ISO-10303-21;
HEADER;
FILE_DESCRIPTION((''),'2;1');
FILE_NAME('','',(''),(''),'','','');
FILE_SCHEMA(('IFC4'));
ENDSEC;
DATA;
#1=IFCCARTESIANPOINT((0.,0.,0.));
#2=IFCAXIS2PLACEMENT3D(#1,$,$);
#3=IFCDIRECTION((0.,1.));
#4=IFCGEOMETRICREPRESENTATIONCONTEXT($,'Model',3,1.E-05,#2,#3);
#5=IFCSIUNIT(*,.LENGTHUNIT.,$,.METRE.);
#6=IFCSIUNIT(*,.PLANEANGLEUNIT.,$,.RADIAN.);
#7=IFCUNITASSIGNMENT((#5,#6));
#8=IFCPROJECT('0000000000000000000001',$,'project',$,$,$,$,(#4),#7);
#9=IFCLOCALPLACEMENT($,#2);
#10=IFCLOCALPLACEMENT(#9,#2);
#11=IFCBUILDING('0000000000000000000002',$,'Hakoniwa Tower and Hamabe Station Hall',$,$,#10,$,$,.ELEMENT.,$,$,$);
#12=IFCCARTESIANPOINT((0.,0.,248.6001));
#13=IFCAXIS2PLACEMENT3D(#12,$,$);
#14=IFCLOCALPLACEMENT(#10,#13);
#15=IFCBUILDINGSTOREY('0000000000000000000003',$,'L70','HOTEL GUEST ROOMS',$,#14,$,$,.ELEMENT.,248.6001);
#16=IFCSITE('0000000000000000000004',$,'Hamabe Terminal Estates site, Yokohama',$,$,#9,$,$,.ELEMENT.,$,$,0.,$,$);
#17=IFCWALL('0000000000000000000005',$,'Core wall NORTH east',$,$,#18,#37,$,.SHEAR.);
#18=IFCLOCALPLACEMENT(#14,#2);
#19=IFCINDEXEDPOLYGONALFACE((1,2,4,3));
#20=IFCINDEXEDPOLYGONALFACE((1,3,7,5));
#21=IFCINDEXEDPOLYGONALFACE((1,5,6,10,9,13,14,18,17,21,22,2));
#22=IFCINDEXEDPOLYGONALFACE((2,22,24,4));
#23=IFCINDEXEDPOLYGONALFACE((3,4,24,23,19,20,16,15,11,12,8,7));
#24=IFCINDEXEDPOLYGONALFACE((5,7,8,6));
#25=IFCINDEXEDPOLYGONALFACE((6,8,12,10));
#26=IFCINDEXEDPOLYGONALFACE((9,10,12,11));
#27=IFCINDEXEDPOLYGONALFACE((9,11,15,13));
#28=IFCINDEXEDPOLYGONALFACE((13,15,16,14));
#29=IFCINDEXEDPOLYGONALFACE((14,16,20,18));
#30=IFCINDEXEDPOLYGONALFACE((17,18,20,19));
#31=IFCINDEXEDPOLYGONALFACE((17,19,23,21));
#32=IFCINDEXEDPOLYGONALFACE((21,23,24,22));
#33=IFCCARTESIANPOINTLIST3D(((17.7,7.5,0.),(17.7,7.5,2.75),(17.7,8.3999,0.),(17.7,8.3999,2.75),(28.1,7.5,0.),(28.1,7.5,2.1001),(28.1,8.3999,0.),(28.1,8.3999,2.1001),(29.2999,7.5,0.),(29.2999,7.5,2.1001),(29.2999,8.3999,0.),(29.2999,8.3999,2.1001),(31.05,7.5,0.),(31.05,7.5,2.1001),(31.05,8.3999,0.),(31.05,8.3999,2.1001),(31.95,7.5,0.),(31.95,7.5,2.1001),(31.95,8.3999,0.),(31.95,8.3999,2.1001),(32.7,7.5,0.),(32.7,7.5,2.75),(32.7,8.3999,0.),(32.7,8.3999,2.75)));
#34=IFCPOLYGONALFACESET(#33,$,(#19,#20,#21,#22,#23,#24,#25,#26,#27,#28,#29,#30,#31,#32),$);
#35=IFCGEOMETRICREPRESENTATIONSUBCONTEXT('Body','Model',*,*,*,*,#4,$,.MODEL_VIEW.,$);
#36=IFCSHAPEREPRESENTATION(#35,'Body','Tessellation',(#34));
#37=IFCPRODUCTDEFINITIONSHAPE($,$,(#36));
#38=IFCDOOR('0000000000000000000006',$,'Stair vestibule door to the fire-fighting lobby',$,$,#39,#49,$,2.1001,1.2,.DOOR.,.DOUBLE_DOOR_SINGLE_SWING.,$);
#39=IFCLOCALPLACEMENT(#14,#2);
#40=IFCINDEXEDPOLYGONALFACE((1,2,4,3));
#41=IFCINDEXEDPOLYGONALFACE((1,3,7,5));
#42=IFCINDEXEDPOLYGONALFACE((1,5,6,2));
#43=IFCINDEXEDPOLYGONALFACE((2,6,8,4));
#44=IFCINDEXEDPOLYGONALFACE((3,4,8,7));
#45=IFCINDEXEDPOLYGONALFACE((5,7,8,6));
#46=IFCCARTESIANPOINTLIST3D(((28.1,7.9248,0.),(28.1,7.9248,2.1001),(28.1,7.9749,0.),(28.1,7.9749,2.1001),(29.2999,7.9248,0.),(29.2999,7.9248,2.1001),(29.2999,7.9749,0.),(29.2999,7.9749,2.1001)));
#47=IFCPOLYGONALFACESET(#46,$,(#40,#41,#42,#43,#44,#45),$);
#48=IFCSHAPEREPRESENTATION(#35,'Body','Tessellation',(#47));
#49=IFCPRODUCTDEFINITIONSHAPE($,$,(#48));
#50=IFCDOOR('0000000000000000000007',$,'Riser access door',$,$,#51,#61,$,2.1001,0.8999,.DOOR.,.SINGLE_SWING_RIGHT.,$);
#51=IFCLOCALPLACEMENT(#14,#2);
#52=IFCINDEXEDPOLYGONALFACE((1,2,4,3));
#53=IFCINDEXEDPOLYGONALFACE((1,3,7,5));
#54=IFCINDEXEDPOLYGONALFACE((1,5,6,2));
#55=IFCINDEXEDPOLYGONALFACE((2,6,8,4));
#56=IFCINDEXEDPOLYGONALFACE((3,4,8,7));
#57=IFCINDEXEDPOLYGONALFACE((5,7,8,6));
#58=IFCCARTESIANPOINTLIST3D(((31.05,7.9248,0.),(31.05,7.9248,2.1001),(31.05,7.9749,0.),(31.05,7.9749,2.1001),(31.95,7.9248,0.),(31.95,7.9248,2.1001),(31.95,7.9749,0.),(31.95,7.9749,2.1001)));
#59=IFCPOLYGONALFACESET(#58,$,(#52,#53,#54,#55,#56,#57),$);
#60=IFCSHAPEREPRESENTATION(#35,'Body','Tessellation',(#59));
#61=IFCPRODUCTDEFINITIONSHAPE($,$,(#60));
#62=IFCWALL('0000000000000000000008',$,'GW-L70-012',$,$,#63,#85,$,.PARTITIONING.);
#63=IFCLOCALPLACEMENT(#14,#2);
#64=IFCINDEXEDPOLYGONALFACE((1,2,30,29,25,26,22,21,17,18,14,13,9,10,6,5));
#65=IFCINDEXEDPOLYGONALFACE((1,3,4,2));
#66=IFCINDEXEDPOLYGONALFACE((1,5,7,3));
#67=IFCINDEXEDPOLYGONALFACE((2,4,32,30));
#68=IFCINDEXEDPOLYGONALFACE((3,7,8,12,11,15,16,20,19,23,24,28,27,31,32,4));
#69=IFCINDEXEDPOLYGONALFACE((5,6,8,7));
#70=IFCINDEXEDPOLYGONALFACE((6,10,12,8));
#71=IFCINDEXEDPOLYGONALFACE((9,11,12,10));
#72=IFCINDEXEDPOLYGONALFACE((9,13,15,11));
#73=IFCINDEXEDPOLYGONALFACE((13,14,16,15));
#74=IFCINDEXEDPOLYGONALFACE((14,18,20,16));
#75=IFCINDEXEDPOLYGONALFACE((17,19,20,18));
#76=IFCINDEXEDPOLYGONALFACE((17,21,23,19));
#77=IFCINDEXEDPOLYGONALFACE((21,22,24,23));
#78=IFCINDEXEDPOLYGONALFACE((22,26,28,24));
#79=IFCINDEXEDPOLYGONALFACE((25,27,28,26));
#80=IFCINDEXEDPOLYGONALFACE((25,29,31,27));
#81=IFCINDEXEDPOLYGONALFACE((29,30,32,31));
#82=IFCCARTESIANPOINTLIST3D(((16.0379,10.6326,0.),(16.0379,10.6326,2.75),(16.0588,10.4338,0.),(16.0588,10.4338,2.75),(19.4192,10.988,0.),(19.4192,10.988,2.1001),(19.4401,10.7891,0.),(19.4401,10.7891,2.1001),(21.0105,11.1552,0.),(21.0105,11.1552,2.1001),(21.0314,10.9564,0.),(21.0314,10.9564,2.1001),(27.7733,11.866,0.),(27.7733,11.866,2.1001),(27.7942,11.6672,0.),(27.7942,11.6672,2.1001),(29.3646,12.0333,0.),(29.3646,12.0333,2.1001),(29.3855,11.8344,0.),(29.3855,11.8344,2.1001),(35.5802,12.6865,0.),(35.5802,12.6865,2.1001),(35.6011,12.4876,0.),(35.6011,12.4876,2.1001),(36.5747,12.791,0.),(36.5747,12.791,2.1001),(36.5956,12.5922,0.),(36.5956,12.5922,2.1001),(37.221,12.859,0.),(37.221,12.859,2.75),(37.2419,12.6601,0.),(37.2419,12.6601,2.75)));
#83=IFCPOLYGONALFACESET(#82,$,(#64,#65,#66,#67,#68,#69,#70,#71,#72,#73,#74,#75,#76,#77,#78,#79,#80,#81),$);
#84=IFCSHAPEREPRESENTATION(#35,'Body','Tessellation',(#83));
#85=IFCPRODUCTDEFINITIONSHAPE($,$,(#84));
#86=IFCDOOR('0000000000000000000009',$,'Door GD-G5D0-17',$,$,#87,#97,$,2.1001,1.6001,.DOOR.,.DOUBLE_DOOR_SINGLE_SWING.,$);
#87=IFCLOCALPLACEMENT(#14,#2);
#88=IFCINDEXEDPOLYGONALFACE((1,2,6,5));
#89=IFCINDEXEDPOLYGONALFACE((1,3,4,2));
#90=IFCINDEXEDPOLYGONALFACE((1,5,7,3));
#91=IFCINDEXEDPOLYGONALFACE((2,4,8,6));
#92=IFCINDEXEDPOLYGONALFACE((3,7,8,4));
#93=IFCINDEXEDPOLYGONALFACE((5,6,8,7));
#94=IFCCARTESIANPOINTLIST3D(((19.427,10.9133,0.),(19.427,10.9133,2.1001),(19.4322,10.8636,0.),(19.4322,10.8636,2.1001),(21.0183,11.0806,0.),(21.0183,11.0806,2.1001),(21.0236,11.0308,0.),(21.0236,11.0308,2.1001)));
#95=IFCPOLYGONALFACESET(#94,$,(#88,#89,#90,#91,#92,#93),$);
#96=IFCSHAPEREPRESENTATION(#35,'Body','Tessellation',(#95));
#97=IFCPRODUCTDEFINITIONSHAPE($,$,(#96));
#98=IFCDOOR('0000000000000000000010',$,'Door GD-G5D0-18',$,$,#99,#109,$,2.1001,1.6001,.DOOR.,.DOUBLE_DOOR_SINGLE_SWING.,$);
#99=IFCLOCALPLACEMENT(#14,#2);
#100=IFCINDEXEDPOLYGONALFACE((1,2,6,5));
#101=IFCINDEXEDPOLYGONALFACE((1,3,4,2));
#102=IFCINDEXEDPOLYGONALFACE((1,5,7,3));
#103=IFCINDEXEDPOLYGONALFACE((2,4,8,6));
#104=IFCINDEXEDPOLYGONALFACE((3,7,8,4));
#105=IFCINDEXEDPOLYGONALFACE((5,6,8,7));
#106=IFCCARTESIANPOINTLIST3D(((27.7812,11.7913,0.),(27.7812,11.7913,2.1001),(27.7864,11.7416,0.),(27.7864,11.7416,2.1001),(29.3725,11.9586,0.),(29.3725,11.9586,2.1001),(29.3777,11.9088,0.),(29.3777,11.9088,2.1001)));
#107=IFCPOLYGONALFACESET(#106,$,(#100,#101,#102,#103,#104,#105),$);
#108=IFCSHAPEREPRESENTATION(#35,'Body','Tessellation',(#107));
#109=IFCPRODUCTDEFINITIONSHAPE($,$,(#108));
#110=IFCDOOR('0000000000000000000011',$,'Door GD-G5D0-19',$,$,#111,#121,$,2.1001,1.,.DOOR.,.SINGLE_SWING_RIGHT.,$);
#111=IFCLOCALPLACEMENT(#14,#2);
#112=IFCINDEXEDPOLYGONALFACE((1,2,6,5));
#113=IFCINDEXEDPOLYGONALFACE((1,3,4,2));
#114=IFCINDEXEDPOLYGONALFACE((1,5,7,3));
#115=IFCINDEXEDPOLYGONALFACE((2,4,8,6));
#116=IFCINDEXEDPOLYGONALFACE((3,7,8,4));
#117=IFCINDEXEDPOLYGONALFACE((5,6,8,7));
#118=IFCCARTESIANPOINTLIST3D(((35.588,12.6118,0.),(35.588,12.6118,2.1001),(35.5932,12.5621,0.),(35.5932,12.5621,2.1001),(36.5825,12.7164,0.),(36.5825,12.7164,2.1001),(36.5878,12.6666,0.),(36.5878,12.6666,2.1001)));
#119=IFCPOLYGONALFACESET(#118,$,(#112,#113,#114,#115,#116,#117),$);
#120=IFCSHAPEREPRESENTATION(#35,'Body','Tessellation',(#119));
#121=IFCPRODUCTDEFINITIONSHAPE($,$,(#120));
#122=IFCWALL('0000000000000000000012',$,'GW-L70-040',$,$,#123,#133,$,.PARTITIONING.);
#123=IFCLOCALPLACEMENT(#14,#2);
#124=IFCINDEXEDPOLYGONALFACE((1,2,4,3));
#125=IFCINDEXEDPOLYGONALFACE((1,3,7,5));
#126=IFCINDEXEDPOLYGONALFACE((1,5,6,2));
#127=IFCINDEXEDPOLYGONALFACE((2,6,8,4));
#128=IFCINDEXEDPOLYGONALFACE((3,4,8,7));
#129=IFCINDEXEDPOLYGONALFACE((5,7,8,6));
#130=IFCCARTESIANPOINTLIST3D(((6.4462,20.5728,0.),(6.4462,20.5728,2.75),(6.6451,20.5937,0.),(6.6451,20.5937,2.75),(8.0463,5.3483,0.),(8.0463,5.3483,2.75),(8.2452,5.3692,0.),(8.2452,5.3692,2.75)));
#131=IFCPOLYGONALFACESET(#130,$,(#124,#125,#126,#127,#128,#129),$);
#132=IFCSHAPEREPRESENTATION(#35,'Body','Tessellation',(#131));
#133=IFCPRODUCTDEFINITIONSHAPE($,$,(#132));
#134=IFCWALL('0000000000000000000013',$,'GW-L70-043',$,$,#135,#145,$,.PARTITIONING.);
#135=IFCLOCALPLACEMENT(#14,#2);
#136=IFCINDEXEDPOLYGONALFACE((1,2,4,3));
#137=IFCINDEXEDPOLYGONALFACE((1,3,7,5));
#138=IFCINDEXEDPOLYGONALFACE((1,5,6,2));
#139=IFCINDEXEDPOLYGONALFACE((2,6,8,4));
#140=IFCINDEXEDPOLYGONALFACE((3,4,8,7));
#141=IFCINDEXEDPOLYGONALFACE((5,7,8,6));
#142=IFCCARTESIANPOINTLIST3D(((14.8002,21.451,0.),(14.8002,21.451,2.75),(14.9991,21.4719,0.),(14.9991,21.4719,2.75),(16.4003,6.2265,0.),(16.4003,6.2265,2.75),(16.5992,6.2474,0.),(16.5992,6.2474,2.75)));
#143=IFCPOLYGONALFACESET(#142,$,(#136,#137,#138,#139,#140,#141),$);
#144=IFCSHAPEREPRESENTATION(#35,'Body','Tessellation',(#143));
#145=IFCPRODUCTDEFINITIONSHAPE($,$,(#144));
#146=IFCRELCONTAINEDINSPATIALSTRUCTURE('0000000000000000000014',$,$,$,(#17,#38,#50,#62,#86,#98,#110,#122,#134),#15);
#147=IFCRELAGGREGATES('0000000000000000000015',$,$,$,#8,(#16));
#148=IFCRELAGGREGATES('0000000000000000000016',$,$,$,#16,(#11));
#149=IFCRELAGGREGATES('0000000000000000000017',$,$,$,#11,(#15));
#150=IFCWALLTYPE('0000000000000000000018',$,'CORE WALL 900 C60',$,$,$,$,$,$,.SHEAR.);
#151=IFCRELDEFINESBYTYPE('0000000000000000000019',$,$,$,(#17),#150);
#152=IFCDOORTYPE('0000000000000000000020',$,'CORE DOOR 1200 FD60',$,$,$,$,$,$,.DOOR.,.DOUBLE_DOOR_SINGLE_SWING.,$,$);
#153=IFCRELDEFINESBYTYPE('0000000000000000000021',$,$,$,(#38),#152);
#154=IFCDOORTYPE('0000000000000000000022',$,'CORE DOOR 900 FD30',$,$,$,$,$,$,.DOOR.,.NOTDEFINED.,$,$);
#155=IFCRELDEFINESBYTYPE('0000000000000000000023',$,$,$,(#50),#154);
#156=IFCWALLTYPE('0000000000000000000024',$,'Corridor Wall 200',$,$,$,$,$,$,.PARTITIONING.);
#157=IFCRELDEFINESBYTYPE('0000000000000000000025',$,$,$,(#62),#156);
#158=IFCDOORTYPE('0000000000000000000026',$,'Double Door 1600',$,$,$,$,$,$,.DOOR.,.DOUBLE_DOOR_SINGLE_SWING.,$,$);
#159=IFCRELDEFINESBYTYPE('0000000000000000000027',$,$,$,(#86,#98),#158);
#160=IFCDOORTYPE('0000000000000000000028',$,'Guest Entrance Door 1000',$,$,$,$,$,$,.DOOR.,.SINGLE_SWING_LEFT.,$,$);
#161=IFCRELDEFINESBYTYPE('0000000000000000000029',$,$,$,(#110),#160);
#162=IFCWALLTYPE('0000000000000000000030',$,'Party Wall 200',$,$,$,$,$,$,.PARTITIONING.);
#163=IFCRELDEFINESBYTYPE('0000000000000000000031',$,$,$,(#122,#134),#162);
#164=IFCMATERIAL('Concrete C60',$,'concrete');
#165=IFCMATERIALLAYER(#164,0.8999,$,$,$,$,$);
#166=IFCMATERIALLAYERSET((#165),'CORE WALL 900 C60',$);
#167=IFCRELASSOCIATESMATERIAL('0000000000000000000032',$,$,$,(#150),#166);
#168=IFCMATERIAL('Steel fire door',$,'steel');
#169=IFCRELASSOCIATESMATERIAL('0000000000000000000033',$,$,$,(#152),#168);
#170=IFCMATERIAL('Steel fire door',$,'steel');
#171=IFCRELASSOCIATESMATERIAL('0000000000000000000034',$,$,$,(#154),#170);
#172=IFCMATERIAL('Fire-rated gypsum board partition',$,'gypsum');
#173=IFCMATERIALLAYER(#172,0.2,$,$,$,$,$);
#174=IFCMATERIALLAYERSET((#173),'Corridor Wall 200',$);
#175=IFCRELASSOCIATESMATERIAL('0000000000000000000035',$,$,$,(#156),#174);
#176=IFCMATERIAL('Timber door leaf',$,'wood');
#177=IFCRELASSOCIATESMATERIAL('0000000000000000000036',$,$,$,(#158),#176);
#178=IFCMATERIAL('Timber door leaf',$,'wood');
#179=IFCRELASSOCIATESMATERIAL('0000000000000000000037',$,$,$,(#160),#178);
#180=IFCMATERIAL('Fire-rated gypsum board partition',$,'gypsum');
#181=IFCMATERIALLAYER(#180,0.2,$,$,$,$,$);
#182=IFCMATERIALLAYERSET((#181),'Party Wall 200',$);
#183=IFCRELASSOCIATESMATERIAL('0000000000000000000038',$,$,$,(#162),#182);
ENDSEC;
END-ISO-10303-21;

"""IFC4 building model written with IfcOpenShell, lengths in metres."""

from ifc_helpers import new_model, si_unit, direction, frame, frame_2d, origin, place, context, subcontext, project, spatial, rectangle, extrude, material, layer, layer_set, type_object, element, fill, save


model = new_model("IFC4")

# Units and contexts
model_context = context("Model", 3, precision=1e-05, world=origin(), true_north=direction((0.0, 1.0)))
body_context = subcontext(model_context, "Body", "Model", "MODEL_VIEW")
ifc_project = project(units=[si_unit("LENGTHUNIT", "METRE"), si_unit("PLANEANGLEUNIT", "RADIAN")], contexts=[model_context])

# Site, building, storey
site_placement = place(None, origin())
site = spatial("IfcSite", under=ifc_project, at=site_placement, Name="Hamabe Terminal Estates site, Yokohama", CompositionType="ELEMENT", RefElevation=0.0)
building_placement = place(site_placement, origin())
building = spatial("IfcBuilding", under=site, at=building_placement, Name="Hakoniwa Tower and Hamabe Station Hall", CompositionType="ELEMENT")
storey_placement = place(building_placement, frame((0.0, 0.0, 248.6001)))
storey = spatial("IfcBuildingStorey", under=building, at=storey_placement, Name="L70", Description="HOTEL GUEST ROOMS", CompositionType="ELEMENT", Elevation=248.6001)

# Walls, openings, doors
ifc_material_1 = material(Name="Concrete C60", Category="concrete")
ifc_layer_1 = layer(ifc_material_1, 0.8999)
ifc_layer_set_1 = layer_set([ifc_layer_1], Name="CORE WALL 900 C60")
wall_type_1 = type_object("IfcWallType", Name="CORE WALL 900 C60", PredefinedType="SHEAR", material=ifc_layer_set_1)
wall_1_placement = place(storey_placement, frame((17.7, 7.95, 0.0), z_axis=(0.0, 0.0, 1.0), x_axis=(1.0, 0.0, 0.0)))
wall_1 = element("IfcWall", 1, at=wall_1_placement, inside=storey, type_object=wall_type_1, Name="Core wall NORTH east", PredefinedType="SHEAR", context=body_context, shape_type="SweptSolid", body=[
    extrude(rectangle(XDim=15.0, YDim=0.8999, at=frame_2d((7.5, 0.0))), origin(), (0.0, 0.0, 1.0), 2.75),
])
opening_1_placement = place(wall_1_placement, frame((10.3999, 0.0, 0.0)))
opening_1 = element("IfcOpeningElement", 2, at=opening_1_placement, cuts=wall_1, PredefinedType="OPENING", context=body_context, shape_type="SweptSolid", body=[
    extrude(rectangle(XDim=1.2, YDim=2.1001, at=frame_2d((0.6001, 1.05))), frame((0.0, 0.46, 0.0), z_axis=(0.0, -1.0, 0.0), x_axis=(1.0, 0.0, 0.0)), (0.0, 0.0, 1.0), 0.9199),
])
opening_2_placement = place(wall_1_placement, frame((13.3501, 0.0, 0.0)))
opening_2 = element("IfcOpeningElement", 3, at=opening_2_placement, cuts=wall_1, PredefinedType="OPENING", context=body_context, shape_type="SweptSolid", body=[
    extrude(rectangle(XDim=0.8999, YDim=2.1001, at=frame_2d((0.45, 1.05))), frame((0.0, 0.46, 0.0), z_axis=(0.0, -1.0, 0.0), x_axis=(1.0, 0.0, 0.0)), (0.0, 0.0, 1.0), 0.9199),
])
ifc_material_2 = material(Name="Steel fire door", Category="steel")
door_type_1 = type_object("IfcDoorType", Name="CORE DOOR 1200 FD60", OperationType="DOUBLE_DOOR_SINGLE_SWING", PredefinedType="DOOR", material=ifc_material_2)
door_1_placement = place(opening_1_placement, origin())
door_1 = element("IfcDoor", 4, at=door_1_placement, inside=storey, type_object=door_type_1, Name="Stair vestibule door to the fire-fighting lobby", OperationType="DOUBLE_DOOR_SINGLE_SWING", OverallHeight=2.1001, OverallWidth=1.2, PredefinedType="DOOR", context=body_context, shape_type="SweptSolid", body=[
    extrude(rectangle(XDim=1.2, YDim=2.1001, at=frame_2d((0.6001, 1.05))), frame((0.0, 0.0249, 0.0), z_axis=(0.0, -1.0, 0.0), x_axis=(1.0, 0.0, 0.0)), (0.0, 0.0, 1.0), 0.05),
])
fill(opening_1, door_1)
ifc_material_3 = material(Name="Steel fire door", Category="steel")
door_type_2 = type_object("IfcDoorType", Name="CORE DOOR 900 FD30", OperationType="NOTDEFINED", PredefinedType="DOOR", material=ifc_material_3)
door_2_placement = place(opening_2_placement, origin())
door_2 = element("IfcDoor", 5, at=door_2_placement, inside=storey, type_object=door_type_2, Name="Riser access door", OperationType="SINGLE_SWING_RIGHT", OverallHeight=2.1001, OverallWidth=0.8999, PredefinedType="DOOR", context=body_context, shape_type="SweptSolid", body=[
    extrude(rectangle(XDim=0.8999, YDim=2.1001, at=frame_2d((0.45, 1.05))), frame((0.0, 0.0249, 0.0), z_axis=(0.0, -1.0, 0.0), x_axis=(1.0, 0.0, 0.0)), (0.0, 0.0, 1.0), 0.05),
])
fill(opening_2, door_2)
ifc_material_4 = material(Name="Fire-rated gypsum board partition", Category="gypsum")
ifc_layer_2 = layer(ifc_material_4, 0.2)
ifc_layer_set_2 = layer_set([ifc_layer_2], Name="Corridor Wall 200")
wall_type_2 = type_object("IfcWallType", Name="Corridor Wall 200", PredefinedType="PARTITIONING", material=ifc_layer_set_2)
wall_2_placement = place(storey_placement, frame((16.0483, 10.5332, 0.0), z_axis=(0.0, 0.0, 1.0), x_axis=(0.994522, 0.104523, 0.0)))
wall_2 = element("IfcWall", 6, at=wall_2_placement, inside=storey, type_object=wall_type_2, Name="GW-L70-012", PredefinedType="PARTITIONING", context=body_context, shape_type="SweptSolid", body=[
    extrude(rectangle(XDim=21.2998, YDim=0.2, at=frame_2d((10.6499, 0.0))), origin(), (0.0, 0.0, 1.0), 2.75),
])
opening_3_placement = place(wall_2_placement, frame((3.3999, 0.0, 0.0)))
opening_3 = element("IfcOpeningElement", 7, at=opening_3_placement, cuts=wall_2, PredefinedType="OPENING", context=body_context, shape_type="SweptSolid", body=[
    extrude(rectangle(XDim=1.6001, YDim=2.1001, at=frame_2d((0.8, 1.05))), frame((0.0, 0.1099, 0.0), z_axis=(0.0, -1.0, 0.0), x_axis=(1.0, 0.0, 0.0)), (0.0, 0.0, 1.0), 0.22),
])
opening_4_placement = place(wall_2_placement, frame((11.8, 0.0, 0.0)))
opening_4 = element("IfcOpeningElement", 8, at=opening_4_placement, cuts=wall_2, PredefinedType="OPENING", context=body_context, shape_type="SweptSolid", body=[
    extrude(rectangle(XDim=1.6001, YDim=2.1001, at=frame_2d((0.8, 1.05))), frame((0.0, 0.1099, 0.0), z_axis=(0.0, -1.0, 0.0), x_axis=(1.0, 0.0, 0.0)), (0.0, 0.0, 1.0), 0.22),
])
opening_5_placement = place(wall_2_placement, frame((19.6499, 0.0, 0.0)))
opening_5 = element("IfcOpeningElement", 9, at=opening_5_placement, cuts=wall_2, PredefinedType="OPENING", context=body_context, shape_type="SweptSolid", body=[
    extrude(rectangle(XDim=1.0, YDim=2.1001, at=frame_2d((0.5, 1.05))), frame((0.0, 0.1099, 0.0), z_axis=(0.0, -1.0, 0.0), x_axis=(1.0, 0.0, 0.0)), (0.0, 0.0, 1.0), 0.22),
])
ifc_material_5 = material(Name="Timber door leaf", Category="wood")
door_type_3 = type_object("IfcDoorType", Name="Double Door 1600", OperationType="DOUBLE_DOOR_SINGLE_SWING", PredefinedType="DOOR", material=ifc_material_5)
door_3_placement = place(opening_3_placement, origin())
door_3 = element("IfcDoor", 10, at=door_3_placement, inside=storey, type_object=door_type_3, Name="Door GD-G5D0-17", OperationType="DOUBLE_DOOR_SINGLE_SWING", OverallHeight=2.1001, OverallWidth=1.6001, PredefinedType="DOOR", context=body_context, shape_type="SweptSolid", body=[
    extrude(rectangle(XDim=1.6001, YDim=2.1001, at=frame_2d((0.8, 1.05))), frame((0.0, 0.0249, 0.0), z_axis=(0.0, -1.0, 0.0), x_axis=(1.0, 0.0, 0.0)), (0.0, 0.0, 1.0), 0.05),
])
fill(opening_3, door_3)
door_4_placement = place(opening_4_placement, origin())
door_4 = element("IfcDoor", 11, at=door_4_placement, inside=storey, type_object=door_type_3, Name="Door GD-G5D0-18", OperationType="DOUBLE_DOOR_SINGLE_SWING", OverallHeight=2.1001, OverallWidth=1.6001, PredefinedType="DOOR", context=body_context, shape_type="SweptSolid", body=[
    extrude(rectangle(XDim=1.6001, YDim=2.1001, at=frame_2d((0.8, 1.05))), frame((0.0, 0.0249, 0.0), z_axis=(0.0, -1.0, 0.0), x_axis=(1.0, 0.0, 0.0)), (0.0, 0.0, 1.0), 0.05),
])
fill(opening_4, door_4)
ifc_material_6 = material(Name="Timber door leaf", Category="wood")
door_type_4 = type_object("IfcDoorType", Name="Guest Entrance Door 1000", OperationType="SINGLE_SWING_LEFT", PredefinedType="DOOR", material=ifc_material_6)
door_5_placement = place(opening_5_placement, origin())
door_5 = element("IfcDoor", 12, at=door_5_placement, inside=storey, type_object=door_type_4, Name="Door GD-G5D0-19", OperationType="SINGLE_SWING_RIGHT", OverallHeight=2.1001, OverallWidth=1.0, PredefinedType="DOOR", context=body_context, shape_type="SweptSolid", body=[
    extrude(rectangle(XDim=1.0, YDim=2.1001, at=frame_2d((0.5, 1.05))), frame((0.0, 0.0249, 0.0), z_axis=(0.0, -1.0, 0.0), x_axis=(1.0, 0.0, 0.0)), (0.0, 0.0, 1.0), 0.05),
])
fill(opening_5, door_5)

# Walls
ifc_material_7 = material(Name="Fire-rated gypsum board partition", Category="gypsum")
ifc_layer_3 = layer(ifc_material_7, 0.2)
ifc_layer_set_3 = layer_set([ifc_layer_3], Name="Party Wall 200")
wall_type_3 = type_object("IfcWallType", Name="Party Wall 200", PredefinedType="PARTITIONING", material=ifc_layer_set_3)
for number, where, z_axis, x_axis, name in (
    (13, (8.1458, 5.3586, 0.0), (0.0, 0.0, 1.0), (-0.104524, 0.994522, 0.0), "GW-L70-040"),
    (14, (16.4998, 6.2368, 0.0), (0.0, 0.0, 1.0), (-0.104524, 0.994522, 0.0), "GW-L70-043"),
):
    element("IfcWall", number, at=place(storey_placement, frame(where, z_axis=z_axis, x_axis=x_axis)), inside=storey, type_object=wall_type_3, Name=name, PredefinedType="PARTITIONING", context=body_context, shape_type="SweptSolid", body=[
        extrude(rectangle(XDim=15.3083, YDim=0.2, at=frame_2d((7.6543, 0.0))), origin(), (0.0, 0.0, 1.0), 2.75),
    ])

save(model, "model.ifc")
